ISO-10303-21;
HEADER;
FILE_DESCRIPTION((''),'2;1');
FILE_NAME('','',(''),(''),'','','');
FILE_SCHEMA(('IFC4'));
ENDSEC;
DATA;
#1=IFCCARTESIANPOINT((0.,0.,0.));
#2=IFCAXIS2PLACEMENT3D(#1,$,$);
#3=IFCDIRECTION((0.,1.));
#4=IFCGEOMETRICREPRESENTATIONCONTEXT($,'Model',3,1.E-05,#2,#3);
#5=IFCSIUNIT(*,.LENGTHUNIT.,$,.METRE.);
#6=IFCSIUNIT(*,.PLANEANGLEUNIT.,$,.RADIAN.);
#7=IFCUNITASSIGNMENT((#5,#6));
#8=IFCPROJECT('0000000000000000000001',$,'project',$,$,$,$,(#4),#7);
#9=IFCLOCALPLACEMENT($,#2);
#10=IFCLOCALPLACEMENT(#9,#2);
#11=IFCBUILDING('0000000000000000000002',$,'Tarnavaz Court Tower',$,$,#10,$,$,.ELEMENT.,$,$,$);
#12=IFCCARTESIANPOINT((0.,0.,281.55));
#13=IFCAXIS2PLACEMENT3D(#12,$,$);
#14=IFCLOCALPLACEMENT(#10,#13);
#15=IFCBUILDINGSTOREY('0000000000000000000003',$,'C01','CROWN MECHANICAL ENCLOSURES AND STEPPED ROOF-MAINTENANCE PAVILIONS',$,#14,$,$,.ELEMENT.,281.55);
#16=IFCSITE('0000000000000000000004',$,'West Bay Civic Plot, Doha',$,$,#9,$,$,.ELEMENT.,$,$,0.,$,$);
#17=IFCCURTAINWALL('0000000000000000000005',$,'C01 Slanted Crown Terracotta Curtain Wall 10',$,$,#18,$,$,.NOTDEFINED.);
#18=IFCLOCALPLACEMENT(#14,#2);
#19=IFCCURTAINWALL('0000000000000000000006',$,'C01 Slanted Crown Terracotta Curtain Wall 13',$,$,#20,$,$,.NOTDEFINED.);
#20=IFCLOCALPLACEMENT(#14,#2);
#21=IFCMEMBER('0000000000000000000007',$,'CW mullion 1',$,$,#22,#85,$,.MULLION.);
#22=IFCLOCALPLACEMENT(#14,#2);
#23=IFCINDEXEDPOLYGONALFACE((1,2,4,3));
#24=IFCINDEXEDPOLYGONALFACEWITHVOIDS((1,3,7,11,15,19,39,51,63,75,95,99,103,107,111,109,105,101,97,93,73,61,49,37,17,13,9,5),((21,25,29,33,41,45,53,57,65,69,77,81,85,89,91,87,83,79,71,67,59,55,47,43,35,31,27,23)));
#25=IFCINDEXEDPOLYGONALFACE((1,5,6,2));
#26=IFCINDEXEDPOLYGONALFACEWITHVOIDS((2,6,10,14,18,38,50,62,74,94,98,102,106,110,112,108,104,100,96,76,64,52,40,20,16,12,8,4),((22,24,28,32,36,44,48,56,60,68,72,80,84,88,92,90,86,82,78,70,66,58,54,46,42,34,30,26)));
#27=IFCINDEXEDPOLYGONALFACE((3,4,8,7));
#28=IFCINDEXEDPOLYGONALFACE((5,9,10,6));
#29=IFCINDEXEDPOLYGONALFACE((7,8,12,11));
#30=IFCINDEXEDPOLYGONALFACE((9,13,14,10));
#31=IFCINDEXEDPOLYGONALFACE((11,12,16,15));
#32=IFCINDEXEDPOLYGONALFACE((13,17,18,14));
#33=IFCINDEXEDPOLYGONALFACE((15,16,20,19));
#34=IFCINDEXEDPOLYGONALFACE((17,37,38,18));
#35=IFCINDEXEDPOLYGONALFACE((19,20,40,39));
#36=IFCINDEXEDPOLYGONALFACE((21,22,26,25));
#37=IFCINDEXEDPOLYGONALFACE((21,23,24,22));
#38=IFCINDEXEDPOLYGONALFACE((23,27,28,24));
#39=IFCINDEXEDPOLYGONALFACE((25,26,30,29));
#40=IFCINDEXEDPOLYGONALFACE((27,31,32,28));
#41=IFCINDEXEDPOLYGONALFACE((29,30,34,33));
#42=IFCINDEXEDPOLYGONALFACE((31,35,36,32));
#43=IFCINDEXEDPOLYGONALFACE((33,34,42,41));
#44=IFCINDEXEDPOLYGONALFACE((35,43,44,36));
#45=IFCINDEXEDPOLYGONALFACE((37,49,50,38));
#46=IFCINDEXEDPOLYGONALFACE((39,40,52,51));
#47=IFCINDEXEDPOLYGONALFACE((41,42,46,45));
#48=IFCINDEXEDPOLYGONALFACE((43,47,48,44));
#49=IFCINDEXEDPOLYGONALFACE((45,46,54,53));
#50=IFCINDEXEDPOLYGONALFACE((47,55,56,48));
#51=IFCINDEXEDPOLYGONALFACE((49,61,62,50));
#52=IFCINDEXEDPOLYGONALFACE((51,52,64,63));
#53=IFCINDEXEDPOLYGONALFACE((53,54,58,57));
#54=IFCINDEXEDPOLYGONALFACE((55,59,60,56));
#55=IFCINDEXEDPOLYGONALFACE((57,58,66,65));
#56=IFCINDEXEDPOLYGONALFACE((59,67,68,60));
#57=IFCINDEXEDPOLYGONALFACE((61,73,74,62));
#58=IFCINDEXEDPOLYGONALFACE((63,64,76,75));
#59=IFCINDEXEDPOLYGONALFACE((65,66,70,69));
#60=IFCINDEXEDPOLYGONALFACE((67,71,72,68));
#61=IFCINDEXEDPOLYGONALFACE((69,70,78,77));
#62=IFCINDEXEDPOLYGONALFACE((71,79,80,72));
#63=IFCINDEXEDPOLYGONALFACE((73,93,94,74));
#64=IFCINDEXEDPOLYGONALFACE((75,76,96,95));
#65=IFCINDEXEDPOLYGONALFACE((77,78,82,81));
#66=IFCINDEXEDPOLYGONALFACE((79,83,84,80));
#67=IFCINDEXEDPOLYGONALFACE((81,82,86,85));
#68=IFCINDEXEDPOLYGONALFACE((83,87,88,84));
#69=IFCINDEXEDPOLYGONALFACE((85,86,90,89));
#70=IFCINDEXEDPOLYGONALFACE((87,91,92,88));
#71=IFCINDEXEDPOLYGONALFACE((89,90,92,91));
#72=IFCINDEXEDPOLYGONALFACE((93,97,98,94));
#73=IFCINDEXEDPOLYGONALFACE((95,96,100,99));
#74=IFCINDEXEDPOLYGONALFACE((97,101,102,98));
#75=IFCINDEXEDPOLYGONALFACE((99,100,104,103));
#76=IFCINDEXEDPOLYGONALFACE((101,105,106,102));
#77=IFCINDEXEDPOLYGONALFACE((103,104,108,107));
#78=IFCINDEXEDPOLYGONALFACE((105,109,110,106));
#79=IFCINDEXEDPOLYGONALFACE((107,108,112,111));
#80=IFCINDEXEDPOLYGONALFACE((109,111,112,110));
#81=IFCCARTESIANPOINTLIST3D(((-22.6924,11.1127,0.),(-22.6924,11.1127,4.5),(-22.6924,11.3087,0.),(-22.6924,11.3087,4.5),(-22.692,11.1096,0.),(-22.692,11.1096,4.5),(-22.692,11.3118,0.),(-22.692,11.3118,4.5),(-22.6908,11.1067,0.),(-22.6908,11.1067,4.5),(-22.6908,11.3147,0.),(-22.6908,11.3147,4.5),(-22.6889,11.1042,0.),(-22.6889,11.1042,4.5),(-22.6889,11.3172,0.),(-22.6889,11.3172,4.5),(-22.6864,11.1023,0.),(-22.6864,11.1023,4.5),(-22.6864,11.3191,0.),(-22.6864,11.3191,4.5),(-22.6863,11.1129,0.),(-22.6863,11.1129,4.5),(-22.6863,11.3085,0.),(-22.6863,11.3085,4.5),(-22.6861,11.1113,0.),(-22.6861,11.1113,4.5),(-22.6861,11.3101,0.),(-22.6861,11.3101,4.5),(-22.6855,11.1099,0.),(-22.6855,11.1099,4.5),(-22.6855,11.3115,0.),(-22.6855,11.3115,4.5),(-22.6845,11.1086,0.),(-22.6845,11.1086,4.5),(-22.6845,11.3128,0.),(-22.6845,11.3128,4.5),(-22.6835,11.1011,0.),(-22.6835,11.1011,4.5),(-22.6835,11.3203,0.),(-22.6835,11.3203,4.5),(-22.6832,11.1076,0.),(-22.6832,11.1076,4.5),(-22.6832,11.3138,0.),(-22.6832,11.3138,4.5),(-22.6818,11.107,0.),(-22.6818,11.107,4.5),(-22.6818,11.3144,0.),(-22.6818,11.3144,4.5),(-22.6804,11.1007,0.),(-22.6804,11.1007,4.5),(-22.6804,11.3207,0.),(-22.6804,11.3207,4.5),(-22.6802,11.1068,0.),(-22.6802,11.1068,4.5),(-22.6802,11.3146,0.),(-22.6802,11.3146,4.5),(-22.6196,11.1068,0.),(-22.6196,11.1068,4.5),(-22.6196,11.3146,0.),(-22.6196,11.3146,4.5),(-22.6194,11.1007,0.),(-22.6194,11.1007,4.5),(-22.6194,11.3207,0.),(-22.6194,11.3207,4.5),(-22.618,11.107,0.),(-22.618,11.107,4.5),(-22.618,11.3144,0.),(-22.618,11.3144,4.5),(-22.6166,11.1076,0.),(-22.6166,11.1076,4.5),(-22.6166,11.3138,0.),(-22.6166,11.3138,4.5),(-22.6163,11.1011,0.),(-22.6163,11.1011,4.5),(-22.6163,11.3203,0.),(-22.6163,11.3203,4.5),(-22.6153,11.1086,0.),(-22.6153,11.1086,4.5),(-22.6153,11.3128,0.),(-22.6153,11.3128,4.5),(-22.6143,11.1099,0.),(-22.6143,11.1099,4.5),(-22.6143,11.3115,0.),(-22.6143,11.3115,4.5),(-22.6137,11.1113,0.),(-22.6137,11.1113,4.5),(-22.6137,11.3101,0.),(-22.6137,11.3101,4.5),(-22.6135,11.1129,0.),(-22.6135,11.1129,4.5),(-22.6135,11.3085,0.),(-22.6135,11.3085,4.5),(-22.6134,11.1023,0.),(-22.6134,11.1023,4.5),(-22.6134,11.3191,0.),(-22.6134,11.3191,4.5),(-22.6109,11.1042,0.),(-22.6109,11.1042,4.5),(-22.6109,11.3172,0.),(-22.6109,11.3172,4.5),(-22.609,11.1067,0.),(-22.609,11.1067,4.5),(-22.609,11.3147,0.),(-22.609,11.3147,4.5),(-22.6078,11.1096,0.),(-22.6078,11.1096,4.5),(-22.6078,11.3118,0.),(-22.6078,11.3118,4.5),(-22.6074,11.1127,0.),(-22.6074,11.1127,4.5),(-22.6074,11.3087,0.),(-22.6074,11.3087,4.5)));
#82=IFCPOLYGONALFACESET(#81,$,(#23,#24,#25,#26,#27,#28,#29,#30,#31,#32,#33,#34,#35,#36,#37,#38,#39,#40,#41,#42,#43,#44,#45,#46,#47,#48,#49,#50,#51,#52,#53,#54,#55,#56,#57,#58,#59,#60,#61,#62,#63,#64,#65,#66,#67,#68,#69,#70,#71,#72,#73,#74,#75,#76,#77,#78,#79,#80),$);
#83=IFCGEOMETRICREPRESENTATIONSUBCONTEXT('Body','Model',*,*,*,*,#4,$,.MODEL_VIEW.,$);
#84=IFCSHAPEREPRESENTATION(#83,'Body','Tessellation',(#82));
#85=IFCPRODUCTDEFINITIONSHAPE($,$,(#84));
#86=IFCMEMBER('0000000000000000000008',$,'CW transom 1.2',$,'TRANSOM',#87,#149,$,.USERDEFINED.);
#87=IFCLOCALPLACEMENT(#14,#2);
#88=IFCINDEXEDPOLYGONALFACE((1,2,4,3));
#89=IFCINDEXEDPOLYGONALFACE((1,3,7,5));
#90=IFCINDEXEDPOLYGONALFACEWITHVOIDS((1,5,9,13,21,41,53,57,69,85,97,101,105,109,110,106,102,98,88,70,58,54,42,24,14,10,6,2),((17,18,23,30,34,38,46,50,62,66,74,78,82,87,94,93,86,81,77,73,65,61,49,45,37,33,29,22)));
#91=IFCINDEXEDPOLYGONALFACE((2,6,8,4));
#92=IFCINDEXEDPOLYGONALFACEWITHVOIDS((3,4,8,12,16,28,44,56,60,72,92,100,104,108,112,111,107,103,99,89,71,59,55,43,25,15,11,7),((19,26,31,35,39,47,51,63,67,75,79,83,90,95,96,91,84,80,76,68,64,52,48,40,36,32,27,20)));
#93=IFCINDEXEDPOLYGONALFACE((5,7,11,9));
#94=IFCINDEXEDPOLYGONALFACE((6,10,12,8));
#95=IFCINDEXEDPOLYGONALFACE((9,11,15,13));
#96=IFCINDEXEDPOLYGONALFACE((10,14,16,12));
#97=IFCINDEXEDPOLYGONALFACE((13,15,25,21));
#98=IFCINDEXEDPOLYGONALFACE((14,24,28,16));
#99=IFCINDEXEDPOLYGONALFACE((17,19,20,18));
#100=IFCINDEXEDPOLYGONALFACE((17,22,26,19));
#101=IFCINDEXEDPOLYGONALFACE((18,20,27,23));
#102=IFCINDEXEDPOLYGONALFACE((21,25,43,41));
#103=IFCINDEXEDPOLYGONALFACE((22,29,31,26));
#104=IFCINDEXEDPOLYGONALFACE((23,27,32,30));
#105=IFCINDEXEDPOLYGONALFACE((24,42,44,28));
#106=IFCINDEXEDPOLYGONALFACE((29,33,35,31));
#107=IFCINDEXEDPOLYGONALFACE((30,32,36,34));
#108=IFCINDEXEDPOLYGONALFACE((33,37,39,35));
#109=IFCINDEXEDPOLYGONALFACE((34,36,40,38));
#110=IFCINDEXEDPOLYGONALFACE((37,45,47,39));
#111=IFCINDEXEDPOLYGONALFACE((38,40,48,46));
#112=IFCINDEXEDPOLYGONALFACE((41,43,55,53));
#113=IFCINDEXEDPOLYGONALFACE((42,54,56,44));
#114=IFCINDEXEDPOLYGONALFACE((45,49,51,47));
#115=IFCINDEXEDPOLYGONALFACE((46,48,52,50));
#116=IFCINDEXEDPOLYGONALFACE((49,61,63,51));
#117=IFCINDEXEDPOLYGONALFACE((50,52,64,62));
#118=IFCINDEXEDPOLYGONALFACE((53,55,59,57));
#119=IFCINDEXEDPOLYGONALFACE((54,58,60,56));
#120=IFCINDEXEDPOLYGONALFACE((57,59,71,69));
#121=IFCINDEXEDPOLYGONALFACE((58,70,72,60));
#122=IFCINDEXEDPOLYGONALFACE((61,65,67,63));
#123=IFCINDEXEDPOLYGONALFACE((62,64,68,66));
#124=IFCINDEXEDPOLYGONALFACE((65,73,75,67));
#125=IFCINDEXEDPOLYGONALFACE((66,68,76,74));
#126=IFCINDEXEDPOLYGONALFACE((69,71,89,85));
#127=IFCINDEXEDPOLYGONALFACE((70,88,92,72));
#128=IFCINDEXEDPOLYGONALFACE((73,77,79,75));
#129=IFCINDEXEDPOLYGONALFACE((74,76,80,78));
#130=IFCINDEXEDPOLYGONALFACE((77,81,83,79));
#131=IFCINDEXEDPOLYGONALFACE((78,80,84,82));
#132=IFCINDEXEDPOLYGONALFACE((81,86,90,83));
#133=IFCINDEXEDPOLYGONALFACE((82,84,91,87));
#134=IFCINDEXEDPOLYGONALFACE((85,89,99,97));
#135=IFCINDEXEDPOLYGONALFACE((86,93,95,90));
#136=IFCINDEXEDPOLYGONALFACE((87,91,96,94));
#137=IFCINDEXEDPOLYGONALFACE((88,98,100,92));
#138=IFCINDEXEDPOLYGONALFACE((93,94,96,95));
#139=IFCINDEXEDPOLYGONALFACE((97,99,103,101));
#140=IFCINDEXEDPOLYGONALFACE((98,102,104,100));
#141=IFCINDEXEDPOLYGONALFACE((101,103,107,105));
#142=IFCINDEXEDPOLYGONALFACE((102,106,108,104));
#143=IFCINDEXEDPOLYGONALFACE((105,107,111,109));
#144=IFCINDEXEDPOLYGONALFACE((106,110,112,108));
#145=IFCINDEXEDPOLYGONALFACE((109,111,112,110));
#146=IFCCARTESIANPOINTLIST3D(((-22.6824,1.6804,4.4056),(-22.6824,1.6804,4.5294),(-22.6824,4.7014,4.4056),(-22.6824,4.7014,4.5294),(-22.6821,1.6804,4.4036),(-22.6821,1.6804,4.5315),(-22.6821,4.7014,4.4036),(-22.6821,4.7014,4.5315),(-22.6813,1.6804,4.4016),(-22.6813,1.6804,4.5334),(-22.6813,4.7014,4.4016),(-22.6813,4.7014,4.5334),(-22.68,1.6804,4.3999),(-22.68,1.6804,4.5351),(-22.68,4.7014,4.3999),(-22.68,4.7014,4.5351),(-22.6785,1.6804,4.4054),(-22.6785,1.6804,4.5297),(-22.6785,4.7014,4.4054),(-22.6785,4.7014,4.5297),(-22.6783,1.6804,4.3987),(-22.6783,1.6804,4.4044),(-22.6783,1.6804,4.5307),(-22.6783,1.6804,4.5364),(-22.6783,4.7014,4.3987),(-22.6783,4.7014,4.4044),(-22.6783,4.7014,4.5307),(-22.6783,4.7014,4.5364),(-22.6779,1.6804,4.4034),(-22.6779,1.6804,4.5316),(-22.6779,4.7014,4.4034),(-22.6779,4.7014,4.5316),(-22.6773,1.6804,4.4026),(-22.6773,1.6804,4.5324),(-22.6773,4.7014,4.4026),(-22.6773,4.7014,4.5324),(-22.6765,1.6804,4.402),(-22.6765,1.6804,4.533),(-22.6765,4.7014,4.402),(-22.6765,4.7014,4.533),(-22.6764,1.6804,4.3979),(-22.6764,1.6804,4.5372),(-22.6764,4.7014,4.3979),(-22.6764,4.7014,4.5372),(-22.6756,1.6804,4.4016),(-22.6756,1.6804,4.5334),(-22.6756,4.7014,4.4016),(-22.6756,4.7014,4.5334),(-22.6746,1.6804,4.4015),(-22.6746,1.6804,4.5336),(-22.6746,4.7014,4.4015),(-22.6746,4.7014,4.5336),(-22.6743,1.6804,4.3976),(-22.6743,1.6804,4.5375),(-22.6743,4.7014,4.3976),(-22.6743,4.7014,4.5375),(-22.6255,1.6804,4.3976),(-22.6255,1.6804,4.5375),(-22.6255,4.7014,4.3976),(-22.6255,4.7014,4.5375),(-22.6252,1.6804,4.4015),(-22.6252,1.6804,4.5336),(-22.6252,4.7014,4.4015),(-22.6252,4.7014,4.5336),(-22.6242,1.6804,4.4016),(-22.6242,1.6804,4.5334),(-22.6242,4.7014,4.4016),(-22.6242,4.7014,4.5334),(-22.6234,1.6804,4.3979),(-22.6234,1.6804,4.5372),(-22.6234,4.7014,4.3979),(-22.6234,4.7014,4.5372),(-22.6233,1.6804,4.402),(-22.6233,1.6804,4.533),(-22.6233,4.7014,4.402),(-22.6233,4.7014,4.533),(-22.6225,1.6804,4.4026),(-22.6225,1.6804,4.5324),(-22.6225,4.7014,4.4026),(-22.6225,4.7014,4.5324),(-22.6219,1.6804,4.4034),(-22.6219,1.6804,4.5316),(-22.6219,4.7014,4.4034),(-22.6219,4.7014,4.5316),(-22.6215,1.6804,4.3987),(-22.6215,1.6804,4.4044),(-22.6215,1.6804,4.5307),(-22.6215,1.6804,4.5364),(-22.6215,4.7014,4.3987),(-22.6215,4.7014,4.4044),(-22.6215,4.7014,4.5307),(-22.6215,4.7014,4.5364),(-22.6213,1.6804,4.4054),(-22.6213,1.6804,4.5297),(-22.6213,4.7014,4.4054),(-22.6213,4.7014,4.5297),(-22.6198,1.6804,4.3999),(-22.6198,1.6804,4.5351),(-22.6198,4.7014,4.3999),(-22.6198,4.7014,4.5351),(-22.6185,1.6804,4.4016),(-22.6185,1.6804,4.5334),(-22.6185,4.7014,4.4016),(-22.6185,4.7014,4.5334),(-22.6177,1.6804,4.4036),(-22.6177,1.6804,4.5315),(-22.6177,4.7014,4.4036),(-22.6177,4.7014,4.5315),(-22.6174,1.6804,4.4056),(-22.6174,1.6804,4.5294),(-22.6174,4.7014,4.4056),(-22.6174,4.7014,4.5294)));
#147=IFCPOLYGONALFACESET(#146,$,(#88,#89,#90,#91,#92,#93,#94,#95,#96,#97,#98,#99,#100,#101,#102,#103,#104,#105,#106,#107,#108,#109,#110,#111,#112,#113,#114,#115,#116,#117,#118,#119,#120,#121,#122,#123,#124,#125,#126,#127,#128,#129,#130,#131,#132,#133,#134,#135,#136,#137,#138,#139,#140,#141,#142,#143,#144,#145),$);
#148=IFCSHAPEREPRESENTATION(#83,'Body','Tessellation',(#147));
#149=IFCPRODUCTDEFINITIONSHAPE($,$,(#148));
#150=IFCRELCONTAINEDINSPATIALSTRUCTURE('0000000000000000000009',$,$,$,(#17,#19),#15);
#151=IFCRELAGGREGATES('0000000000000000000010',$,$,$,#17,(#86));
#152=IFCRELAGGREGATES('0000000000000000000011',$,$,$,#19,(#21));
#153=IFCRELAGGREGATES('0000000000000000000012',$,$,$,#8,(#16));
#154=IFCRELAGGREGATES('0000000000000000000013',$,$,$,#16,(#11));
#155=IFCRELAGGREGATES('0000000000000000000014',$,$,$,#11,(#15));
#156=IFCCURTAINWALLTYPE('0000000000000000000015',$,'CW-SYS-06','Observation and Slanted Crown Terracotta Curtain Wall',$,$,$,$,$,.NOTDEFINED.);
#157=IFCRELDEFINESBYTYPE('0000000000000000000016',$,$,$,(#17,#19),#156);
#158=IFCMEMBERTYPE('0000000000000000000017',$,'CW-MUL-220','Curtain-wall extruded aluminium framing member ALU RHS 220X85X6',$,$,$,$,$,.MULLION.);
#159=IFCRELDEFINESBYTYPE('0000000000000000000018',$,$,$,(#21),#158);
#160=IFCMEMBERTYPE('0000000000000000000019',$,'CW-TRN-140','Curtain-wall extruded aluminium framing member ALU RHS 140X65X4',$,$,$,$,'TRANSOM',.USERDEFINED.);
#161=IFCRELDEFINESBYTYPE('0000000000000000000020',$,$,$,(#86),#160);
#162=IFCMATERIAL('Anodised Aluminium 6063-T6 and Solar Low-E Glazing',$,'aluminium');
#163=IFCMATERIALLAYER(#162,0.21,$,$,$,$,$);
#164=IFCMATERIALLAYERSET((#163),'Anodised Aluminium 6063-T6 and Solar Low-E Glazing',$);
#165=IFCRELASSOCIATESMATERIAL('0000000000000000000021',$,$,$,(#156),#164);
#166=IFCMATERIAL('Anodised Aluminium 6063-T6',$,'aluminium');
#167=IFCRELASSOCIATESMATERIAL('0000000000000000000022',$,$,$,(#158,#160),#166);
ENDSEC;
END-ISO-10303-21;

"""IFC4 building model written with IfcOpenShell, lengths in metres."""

from ifc_helpers import new_model, si_unit, direction, frame, origin, origin_2d, place, context, subcontext, project, spatial, hollow_rectangle, extrude, material, layer, layer_set, material_profile, profile_set, type_object, element, aggregate, save


model = new_model("IFC4")

# Units and contexts
model_context = context("Model", 3, precision=1e-05, world=origin(), true_north=direction((0.0, 1.0)))
body_context = subcontext(model_context, "Body", "Model", "MODEL_VIEW")
ifc_project = project(units=[si_unit("LENGTHUNIT", "METRE"), si_unit("PLANEANGLEUNIT", "RADIAN")], contexts=[model_context])

# Site, building, storey
site_placement = place(None, origin())
site = spatial("IfcSite", under=ifc_project, at=site_placement, Name="West Bay Civic Plot, Doha", CompositionType="ELEMENT", RefElevation=0.0)
building_placement = place(site_placement, origin())
building = spatial("IfcBuilding", under=site, at=building_placement, Name="Tarnavaz Court Tower", CompositionType="ELEMENT")
storey_placement = place(building_placement, frame((0.0, 0.0, 281.55)))
storey = spatial("IfcBuildingStorey", under=building, at=storey_placement, Name="C01", Description="CROWN MECHANICAL ENCLOSURES AND STEPPED ROOF-MAINTENANCE PAVILIONS", CompositionType="ELEMENT", Elevation=281.55)

# Curtain wall
ifc_material_1 = material(Name="Anodised Aluminium 6063-T6 and Solar Low-E Glazing", Category="aluminium")
ifc_layer_1 = layer(ifc_material_1, 0.21)
ifc_layer_set_1 = layer_set([ifc_layer_1], Name="Anodised Aluminium 6063-T6 and Solar Low-E Glazing")
curtain_wall_type = type_object("IfcCurtainWallType", Name="CW-SYS-06", Description="Observation and Slanted Crown Terracotta Curtain Wall", PredefinedType="NOTDEFINED", material=ifc_layer_set_1)
curtain_wall_1_placement = place(storey_placement, origin())
curtain_wall_1 = element("IfcCurtainWall", 1, at=curtain_wall_1_placement, inside=storey, type_object=curtain_wall_type, Name="C01 Slanted Crown Terracotta Curtain Wall 10", PredefinedType="NOTDEFINED")
ifc_material_2 = material(Name="Anodised Aluminium 6063-T6", Category="aluminium")
ifc_material_profile_1 = material_profile(ifc_material_2, hollow_rectangle(XDim=0.085, YDim=0.22, WallThickness=0.0061, InnerFilletRadius=0.0061, OuterFilletRadius=0.012, at=origin_2d()), Name="ALU RHS 220X85X6")
ifc_profile_set_1 = profile_set([ifc_material_profile_1], Name="Anodised Aluminium 6063-T6")
member_type_1 = type_object("IfcMemberType", Name="CW-MUL-220", Description="Curtain-wall extruded aluminium framing member ALU RHS 220X85X6", PredefinedType="MULLION", material=ifc_profile_set_1)

# Curtain wall, member
curtain_wall_2_placement = place(storey_placement, origin())
curtain_wall_2 = element("IfcCurtainWall", 2, at=curtain_wall_2_placement, inside=storey, type_object=curtain_wall_type, Name="C01 Slanted Crown Terracotta Curtain Wall 13", PredefinedType="NOTDEFINED")
member_1_placement = place(storey_placement, frame((-22.6499, 11.2107, 0.0), z_axis=(0.0, 0.0, 1.0), x_axis=(-1.0, 0.0, 0.0)))
member_1 = element("IfcMember", 3, at=member_1_placement, type_object=member_type_1, Name="CW mullion 1", PredefinedType="MULLION", context=body_context, shape_type="SweptSolid", body=[
    extrude(hollow_rectangle(XDim=0.085, YDim=0.22, WallThickness=0.0061, InnerFilletRadius=0.0061, OuterFilletRadius=0.012, at=origin_2d()), origin(), (0.0, 0.0, 1.0), 4.5),
])

# Member
ifc_material_profile_2 = material_profile(ifc_material_2, hollow_rectangle(XDim=0.0649, YDim=0.1399, WallThickness=0.0039, InnerFilletRadius=0.0039, OuterFilletRadius=0.0081, at=origin_2d()), Name="ALU RHS 140X65X4")
ifc_profile_set_2 = profile_set([ifc_material_profile_2], Name="Anodised Aluminium 6063-T6")
member_type_2 = type_object("IfcMemberType", Name="CW-TRN-140", Description="Curtain-wall extruded aluminium framing member ALU RHS 140X65X4", ElementType="TRANSOM", PredefinedType="USERDEFINED", material=ifc_profile_set_2)
member_2_placement = place(storey_placement, frame((-22.6499, 1.6804, 4.4675), z_axis=(0.0, 1.0, 0.0), x_axis=(-1.0, 0.0, 0.0)))
member_2 = element("IfcMember", 4, at=member_2_placement, type_object=member_type_2, Name="CW transom 1.2", ObjectType="TRANSOM", PredefinedType="USERDEFINED", context=body_context, shape_type="SweptSolid", body=[
    extrude(hollow_rectangle(XDim=0.0649, YDim=0.1399, WallThickness=0.0039, InnerFilletRadius=0.0039, OuterFilletRadius=0.0081, at=origin_2d()), origin(), (0.0, 0.0, 1.0), 3.021),
])

aggregate(curtain_wall_1, [member_2])
aggregate(curtain_wall_2, [member_1])

save(model, "model.ifc")
